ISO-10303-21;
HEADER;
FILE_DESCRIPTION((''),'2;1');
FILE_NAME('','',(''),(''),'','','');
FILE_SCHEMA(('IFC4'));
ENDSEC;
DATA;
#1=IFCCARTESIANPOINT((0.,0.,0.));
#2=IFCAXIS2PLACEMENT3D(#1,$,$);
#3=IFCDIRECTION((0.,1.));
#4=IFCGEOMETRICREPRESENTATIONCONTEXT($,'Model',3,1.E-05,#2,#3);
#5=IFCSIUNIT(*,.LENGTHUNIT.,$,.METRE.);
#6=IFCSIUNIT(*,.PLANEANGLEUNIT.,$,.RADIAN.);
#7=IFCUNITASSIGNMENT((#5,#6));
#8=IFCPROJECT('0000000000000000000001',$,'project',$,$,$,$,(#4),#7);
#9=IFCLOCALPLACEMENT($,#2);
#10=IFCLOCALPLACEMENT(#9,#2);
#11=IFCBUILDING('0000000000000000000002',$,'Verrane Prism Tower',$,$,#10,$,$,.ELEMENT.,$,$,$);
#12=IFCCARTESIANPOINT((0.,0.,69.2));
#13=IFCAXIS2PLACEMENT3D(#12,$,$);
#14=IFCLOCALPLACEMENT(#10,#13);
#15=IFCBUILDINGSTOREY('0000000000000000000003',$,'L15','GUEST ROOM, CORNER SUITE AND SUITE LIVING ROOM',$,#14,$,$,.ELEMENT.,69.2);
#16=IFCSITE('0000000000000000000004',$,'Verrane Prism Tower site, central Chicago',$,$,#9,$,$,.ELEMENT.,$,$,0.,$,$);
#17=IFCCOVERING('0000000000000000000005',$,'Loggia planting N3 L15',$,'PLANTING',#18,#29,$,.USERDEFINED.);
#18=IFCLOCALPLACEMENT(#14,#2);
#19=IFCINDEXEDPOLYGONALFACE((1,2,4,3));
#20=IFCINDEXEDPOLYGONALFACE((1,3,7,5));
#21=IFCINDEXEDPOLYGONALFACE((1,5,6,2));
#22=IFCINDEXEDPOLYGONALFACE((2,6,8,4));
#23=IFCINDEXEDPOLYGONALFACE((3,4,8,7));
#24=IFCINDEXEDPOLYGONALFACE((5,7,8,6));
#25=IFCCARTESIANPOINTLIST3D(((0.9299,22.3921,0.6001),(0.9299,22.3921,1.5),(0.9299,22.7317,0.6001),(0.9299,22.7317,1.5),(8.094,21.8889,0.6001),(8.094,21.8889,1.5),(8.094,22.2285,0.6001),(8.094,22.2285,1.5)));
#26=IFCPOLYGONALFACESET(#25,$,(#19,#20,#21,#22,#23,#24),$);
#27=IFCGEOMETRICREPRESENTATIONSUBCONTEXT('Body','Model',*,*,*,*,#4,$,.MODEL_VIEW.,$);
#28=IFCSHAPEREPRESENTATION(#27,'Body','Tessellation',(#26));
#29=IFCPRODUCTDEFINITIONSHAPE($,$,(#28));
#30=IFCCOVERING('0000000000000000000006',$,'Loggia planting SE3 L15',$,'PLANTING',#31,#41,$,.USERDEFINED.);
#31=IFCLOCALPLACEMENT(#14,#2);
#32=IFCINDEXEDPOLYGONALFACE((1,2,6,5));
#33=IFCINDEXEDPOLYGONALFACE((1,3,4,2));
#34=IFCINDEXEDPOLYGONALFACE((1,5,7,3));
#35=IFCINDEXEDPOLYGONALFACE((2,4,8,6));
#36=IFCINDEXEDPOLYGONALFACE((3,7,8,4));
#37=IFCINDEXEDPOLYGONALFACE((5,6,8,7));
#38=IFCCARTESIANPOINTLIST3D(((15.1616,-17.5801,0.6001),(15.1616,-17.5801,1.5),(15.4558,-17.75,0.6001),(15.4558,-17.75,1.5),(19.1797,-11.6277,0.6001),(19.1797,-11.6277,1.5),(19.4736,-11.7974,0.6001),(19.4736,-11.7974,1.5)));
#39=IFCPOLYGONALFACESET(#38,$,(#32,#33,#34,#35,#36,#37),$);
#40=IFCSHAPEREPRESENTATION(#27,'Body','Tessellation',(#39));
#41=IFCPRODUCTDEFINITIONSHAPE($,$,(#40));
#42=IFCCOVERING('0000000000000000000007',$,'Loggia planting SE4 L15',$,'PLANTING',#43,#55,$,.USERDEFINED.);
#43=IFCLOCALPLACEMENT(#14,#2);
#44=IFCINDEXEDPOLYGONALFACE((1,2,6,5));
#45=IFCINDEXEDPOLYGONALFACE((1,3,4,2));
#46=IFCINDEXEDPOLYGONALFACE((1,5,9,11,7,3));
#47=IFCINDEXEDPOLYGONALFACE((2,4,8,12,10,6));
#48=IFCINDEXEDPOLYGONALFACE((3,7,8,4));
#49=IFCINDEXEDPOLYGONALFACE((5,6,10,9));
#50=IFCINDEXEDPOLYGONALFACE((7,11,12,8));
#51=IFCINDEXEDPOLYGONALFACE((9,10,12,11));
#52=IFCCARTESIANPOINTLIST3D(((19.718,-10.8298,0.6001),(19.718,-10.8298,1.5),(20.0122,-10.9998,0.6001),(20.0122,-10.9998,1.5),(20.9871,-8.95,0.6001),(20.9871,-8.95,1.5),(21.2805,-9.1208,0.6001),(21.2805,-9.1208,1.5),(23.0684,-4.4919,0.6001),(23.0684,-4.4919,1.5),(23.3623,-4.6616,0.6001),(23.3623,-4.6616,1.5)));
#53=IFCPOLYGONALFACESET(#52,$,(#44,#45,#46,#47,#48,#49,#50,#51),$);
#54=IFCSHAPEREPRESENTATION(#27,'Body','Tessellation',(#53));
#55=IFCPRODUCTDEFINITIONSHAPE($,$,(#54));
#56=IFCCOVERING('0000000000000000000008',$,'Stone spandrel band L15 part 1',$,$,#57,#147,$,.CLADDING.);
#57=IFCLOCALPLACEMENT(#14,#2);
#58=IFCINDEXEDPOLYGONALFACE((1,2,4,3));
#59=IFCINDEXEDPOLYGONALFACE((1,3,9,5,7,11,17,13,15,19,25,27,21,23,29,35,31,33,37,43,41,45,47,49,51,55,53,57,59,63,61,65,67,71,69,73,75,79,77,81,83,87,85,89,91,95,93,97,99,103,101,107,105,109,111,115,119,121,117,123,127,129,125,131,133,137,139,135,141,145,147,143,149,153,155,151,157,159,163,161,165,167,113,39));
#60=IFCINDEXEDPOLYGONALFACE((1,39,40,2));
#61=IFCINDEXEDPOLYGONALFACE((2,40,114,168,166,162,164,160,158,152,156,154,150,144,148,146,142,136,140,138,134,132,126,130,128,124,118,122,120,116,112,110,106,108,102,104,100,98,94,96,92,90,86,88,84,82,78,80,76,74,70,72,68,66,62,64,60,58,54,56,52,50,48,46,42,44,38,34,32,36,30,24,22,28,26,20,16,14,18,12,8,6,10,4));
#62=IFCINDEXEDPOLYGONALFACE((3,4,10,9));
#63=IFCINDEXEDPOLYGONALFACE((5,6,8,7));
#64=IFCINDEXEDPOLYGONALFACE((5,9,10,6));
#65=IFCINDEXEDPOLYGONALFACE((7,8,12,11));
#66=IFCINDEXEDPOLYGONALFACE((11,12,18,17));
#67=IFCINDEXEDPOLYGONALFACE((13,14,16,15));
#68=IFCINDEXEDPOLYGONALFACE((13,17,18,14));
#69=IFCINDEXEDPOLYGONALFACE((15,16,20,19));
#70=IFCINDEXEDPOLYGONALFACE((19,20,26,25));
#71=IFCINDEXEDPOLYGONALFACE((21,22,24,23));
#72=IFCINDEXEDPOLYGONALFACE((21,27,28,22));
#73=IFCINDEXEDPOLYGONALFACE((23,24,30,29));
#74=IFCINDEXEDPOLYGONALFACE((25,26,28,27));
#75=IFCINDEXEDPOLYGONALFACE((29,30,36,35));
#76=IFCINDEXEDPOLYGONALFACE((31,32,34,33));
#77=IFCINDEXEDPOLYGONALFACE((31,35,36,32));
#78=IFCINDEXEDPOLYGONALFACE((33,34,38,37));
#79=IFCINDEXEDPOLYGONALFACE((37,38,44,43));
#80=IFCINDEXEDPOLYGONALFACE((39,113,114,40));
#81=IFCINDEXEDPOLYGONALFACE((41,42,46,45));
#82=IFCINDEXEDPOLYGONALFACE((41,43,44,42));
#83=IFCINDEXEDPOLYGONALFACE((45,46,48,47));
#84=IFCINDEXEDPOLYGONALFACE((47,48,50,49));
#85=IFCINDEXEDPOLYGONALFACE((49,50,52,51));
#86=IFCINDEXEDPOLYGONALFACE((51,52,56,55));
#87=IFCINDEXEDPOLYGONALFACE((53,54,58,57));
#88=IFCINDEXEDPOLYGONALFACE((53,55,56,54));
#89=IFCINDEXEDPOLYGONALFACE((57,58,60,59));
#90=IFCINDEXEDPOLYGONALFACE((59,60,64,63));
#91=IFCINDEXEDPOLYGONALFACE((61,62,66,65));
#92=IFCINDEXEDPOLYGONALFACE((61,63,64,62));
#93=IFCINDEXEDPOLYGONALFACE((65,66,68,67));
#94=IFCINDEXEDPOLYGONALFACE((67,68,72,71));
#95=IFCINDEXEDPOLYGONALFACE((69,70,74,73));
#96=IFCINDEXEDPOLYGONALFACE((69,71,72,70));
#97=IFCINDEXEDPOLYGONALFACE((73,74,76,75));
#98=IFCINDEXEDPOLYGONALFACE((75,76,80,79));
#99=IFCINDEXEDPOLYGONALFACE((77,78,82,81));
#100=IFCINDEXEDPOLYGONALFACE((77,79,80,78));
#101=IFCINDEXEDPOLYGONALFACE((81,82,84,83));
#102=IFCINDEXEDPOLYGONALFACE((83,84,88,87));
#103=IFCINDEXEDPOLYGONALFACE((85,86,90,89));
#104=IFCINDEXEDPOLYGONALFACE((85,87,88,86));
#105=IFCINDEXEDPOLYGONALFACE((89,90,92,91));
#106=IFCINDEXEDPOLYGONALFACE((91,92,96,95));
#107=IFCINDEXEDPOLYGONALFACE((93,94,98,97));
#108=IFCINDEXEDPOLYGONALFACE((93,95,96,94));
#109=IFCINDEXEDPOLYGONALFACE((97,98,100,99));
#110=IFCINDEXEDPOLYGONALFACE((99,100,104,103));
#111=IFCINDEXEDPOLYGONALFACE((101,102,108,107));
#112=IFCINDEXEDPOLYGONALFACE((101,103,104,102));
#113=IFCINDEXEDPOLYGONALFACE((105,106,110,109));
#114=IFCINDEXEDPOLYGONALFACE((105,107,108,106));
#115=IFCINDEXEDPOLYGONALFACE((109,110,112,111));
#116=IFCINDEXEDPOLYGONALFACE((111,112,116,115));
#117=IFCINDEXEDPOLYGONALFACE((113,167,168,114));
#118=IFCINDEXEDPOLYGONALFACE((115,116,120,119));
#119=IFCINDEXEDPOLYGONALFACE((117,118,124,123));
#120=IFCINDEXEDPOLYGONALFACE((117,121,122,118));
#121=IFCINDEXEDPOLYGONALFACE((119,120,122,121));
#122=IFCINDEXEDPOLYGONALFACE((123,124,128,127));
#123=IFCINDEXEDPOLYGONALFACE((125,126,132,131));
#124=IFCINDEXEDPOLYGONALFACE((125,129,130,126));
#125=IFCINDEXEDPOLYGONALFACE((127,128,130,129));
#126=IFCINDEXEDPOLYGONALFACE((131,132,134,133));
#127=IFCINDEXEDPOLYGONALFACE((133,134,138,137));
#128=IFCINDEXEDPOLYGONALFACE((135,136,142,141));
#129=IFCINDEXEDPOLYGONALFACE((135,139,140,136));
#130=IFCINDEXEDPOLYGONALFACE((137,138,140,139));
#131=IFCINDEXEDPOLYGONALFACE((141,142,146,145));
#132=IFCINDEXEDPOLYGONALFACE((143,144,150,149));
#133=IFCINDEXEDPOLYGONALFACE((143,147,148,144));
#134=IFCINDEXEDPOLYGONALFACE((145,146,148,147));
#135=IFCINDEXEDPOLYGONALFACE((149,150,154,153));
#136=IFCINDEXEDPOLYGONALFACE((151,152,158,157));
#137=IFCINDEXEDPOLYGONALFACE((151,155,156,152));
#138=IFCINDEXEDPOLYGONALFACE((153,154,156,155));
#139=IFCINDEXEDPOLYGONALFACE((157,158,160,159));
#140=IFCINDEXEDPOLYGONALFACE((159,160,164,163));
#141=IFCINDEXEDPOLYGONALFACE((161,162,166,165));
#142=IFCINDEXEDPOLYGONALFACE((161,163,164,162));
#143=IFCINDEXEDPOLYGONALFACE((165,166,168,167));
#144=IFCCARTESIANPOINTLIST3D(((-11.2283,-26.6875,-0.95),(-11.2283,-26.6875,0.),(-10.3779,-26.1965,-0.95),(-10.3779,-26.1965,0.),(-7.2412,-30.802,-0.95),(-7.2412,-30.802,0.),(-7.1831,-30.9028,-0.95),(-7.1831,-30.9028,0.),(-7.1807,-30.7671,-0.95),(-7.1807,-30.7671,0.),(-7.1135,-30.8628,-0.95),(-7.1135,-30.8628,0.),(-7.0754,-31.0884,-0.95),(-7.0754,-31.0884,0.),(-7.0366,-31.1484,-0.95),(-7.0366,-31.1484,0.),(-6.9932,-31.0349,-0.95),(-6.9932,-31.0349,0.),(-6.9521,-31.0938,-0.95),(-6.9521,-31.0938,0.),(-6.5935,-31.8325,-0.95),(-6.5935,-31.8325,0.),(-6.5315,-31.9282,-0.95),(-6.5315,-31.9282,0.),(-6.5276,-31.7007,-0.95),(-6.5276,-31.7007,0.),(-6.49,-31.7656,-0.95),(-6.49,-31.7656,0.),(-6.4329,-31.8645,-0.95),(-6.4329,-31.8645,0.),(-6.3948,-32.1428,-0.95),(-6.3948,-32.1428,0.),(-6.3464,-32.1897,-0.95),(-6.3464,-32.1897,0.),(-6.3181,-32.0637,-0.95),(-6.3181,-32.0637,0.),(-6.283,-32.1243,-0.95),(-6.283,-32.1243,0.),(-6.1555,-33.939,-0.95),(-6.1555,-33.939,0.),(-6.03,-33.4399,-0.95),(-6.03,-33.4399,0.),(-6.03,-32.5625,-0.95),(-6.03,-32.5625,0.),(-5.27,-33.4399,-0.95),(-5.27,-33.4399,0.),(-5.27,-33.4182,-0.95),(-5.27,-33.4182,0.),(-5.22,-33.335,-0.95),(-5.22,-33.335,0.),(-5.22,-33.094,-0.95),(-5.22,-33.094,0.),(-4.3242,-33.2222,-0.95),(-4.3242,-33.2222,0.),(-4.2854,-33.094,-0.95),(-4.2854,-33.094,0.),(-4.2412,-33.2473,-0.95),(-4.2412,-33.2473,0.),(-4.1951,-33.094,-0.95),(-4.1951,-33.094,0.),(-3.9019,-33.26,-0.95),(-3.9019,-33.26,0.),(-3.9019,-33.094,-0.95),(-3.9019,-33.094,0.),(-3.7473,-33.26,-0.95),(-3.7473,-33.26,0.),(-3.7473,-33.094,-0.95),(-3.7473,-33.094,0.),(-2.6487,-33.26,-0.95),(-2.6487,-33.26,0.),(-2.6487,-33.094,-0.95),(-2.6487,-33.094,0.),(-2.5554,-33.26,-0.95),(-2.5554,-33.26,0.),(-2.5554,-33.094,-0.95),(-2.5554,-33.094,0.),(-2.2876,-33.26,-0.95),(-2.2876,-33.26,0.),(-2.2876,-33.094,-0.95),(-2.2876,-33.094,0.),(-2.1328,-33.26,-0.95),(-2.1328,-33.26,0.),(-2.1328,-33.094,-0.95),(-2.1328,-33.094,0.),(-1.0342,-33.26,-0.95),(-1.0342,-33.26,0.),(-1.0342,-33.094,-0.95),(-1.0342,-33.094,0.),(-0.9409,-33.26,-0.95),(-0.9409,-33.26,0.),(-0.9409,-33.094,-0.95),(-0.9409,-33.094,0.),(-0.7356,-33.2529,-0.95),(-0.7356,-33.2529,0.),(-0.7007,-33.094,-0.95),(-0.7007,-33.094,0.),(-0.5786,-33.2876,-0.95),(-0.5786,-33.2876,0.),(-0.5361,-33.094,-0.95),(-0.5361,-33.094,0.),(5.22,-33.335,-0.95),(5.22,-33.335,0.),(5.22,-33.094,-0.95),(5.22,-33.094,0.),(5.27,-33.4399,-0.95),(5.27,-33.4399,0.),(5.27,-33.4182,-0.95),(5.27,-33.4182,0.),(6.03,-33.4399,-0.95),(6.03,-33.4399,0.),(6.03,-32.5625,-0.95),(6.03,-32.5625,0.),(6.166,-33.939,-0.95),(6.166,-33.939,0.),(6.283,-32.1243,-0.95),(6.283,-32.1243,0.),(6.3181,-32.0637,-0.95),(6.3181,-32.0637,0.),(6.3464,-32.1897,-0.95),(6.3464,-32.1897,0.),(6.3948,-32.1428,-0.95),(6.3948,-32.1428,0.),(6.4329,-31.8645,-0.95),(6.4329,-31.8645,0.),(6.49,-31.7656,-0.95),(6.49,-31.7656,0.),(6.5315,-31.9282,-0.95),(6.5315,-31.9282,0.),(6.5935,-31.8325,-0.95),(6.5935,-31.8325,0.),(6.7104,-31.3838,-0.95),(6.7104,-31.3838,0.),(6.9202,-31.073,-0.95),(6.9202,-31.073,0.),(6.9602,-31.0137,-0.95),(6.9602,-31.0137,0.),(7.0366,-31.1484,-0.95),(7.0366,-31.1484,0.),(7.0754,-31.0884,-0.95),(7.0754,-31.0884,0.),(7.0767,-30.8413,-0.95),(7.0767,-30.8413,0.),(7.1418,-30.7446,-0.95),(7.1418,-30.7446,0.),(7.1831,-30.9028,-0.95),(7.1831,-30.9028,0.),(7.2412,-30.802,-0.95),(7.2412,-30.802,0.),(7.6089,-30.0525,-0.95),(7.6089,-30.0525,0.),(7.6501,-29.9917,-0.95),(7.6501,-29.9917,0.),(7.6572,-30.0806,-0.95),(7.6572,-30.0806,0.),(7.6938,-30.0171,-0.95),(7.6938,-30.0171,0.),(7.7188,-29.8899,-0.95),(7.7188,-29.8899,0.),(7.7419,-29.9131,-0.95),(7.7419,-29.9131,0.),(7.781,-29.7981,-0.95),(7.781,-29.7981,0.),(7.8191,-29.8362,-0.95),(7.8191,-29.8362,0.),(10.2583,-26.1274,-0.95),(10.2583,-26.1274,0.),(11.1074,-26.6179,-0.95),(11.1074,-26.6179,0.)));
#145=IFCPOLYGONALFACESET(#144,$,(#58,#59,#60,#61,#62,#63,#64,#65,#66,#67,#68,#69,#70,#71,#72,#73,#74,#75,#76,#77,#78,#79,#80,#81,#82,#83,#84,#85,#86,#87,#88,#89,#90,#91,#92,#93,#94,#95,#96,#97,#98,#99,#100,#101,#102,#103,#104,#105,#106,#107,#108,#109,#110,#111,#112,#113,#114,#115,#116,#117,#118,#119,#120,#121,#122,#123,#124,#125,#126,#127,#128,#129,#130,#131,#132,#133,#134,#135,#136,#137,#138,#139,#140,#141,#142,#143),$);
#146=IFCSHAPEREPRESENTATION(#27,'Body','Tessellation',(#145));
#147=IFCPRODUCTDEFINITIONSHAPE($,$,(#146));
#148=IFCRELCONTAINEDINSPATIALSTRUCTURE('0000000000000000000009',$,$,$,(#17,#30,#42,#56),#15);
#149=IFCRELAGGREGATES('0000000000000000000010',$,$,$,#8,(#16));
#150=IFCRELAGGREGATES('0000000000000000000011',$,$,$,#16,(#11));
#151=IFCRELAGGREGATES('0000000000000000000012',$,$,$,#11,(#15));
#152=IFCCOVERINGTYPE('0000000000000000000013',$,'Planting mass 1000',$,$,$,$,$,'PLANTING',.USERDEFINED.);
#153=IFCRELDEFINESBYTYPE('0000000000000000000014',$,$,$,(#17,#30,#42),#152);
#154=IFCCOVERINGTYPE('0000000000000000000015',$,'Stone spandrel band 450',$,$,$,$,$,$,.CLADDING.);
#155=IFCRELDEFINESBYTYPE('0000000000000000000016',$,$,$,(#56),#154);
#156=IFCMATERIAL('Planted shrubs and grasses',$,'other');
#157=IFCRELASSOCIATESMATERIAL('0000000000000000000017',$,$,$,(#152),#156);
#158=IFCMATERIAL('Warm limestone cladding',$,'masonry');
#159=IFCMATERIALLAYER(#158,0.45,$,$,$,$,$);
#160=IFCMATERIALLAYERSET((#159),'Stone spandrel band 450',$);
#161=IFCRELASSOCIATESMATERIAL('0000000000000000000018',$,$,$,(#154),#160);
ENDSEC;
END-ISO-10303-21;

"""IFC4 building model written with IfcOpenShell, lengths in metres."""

from ifc_helpers import new_model, si_unit, direction, frame, origin, place, context, subcontext, project, spatial, polyline, outline, extrude, material, layer, layer_set, type_object, element, save


model = new_model("IFC4")

# Units and contexts
model_context = context("Model", 3, precision=1e-05, world=origin(), true_north=direction((0.0, 1.0)))
body_context = subcontext(model_context, "Body", "Model", "MODEL_VIEW")
ifc_project = project(units=[si_unit("LENGTHUNIT", "METRE"), si_unit("PLANEANGLEUNIT", "RADIAN")], contexts=[model_context])

# Site, building, storey
site_placement = place(None, origin())
site = spatial("IfcSite", under=ifc_project, at=site_placement, Name="Verrane Prism Tower site, central Chicago", CompositionType="ELEMENT", RefElevation=0.0)
building_placement = place(site_placement, origin())
building = spatial("IfcBuilding", under=site, at=building_placement, Name="Verrane Prism Tower", CompositionType="ELEMENT")
storey_placement = place(building_placement, frame((0.0, 0.0, 69.2)))
storey = spatial("IfcBuildingStorey", under=building, at=storey_placement, Name="L15", Description="GUEST ROOM, CORNER SUITE AND SUITE LIVING ROOM", CompositionType="ELEMENT", Elevation=69.2)

# Coverings
ifc_material_1 = material(Name="Planted shrubs and grasses", Category="other")
covering_type_1 = type_object("IfcCoveringType", Name="Planting mass 1000", ElementType="PLANTING", PredefinedType="USERDEFINED", material=ifc_material_1)
covering_1_placement = place(storey_placement, frame((0.0, 0.0, 0.6001)))
element("IfcCovering", 1, at=covering_1_placement, inside=storey, type_object=covering_type_1, Name="Loggia planting N3 L15", ObjectType="PLANTING", PredefinedType="USERDEFINED", context=body_context, shape_type="SweptSolid", body=[
    extrude(outline(polyline([(0.9299, 22.7317), (0.9299, 22.3921), (8.094, 21.8889), (8.094, 22.2285), (0.9299, 22.7317)])), origin(), (0.0, 0.0, 1.0), 0.8999),
])
covering_2_placement = place(storey_placement, frame((0.0, 0.0, 0.6001)))
element("IfcCovering", 2, at=covering_2_placement, inside=storey, type_object=covering_type_1, Name="Loggia planting SE3 L15", ObjectType="PLANTING", PredefinedType="USERDEFINED", context=body_context, shape_type="SweptSolid", body=[
    extrude(outline(polyline([(19.4736, -11.7974), (19.1797, -11.6277), (15.1616, -17.5801), (15.4558, -17.75), (19.4736, -11.7974)])), origin(), (0.0, 0.0, 1.0), 0.8999),
])
covering_3_placement = place(storey_placement, frame((0.0, 0.0, 0.6001)))
element("IfcCovering", 3, at=covering_3_placement, inside=storey, type_object=covering_type_1, Name="Loggia planting SE4 L15", ObjectType="PLANTING", PredefinedType="USERDEFINED", context=body_context, shape_type="SweptSolid", body=[
    extrude(outline(polyline([(21.2805, -9.1208), (23.3623, -4.6616), (23.0684, -4.4919), (20.9871, -8.95), (19.718, -10.8298), (20.0122, -10.9998), (21.2805, -9.1208)])), origin(), (0.0, 0.0, 1.0), 0.8999),
])
ifc_material_2 = material(Name="Warm limestone cladding", Category="masonry")
ifc_layer_1 = layer(ifc_material_2, 0.45)
ifc_layer_set_1 = layer_set([ifc_layer_1], Name="Stone spandrel band 450")
covering_type_2 = type_object("IfcCoveringType", Name="Stone spandrel band 450", PredefinedType="CLADDING", material=ifc_layer_set_1)
covering_4_placement = place(storey_placement, frame((0.0, 0.0, -0.95)))
element("IfcCovering", 4, at=covering_4_placement, inside=storey, type_object=covering_type_2, Name="Stone spandrel band L15 part 1", PredefinedType="CLADDING", context=body_context, shape_type="SweptSolid", body=[
    extrude(outline(polyline([(6.166, -33.939), (11.1074, -26.6179), (10.2583, -26.1274), (7.781, -29.7981), (7.8191, -29.8362), (7.7419, -29.9131), (7.7188, -29.8899), (7.6501, -29.9917), (7.6938, -30.0171), (7.6572, -30.0806), (7.6089, -30.0525), (7.1418, -30.7446), (7.2412, -30.802), (7.1831, -30.9028), (7.0767, -30.8413), (6.9602, -31.0137), (7.0754, -31.0884), (7.0366, -31.1484), (6.9202, -31.073), (6.7104, -31.3838), (6.49, -31.7656), (6.5935, -31.8325), (6.5315, -31.9282), (6.4329, -31.8645), (6.3181, -32.0637), (6.3948, -32.1428), (6.3464, -32.1897), (6.283, -32.1243), (6.03, -32.5625), (6.03, -33.4399), (5.27, -33.4399), (5.27, -33.4182), (5.22, -33.335), (5.22, -33.094), (-0.5361, -33.094), (-0.5786, -33.2876), (-0.7356, -33.2529), (-0.7007, -33.094), (-0.9409, -33.094), (-0.9409, -33.26), (-1.0342, -33.26), (-1.0342, -33.094), (-2.1328, -33.094), (-2.1328, -33.26), (-2.2876, -33.26), (-2.2876, -33.094), (-2.5554, -33.094), (-2.5554, -33.26), (-2.6487, -33.26), (-2.6487, -33.094), (-3.7473, -33.094), (-3.7473, -33.26), (-3.9019, -33.26), (-3.9019, -33.094), (-4.1951, -33.094), (-4.2412, -33.2473), (-4.3242, -33.2222), (-4.2854, -33.094), (-5.22, -33.094), (-5.22, -33.335), (-5.27, -33.4182), (-5.27, -33.4399), (-6.03, -33.4399), (-6.03, -32.5625), (-6.283, -32.1243), (-6.3464, -32.1897), (-6.3948, -32.1428), (-6.3181, -32.0637), (-6.4329, -31.8645), (-6.5315, -31.9282), (-6.5935, -31.8325), (-6.49, -31.7656), (-6.5276, -31.7007), (-6.9521, -31.0938), (-7.0366, -31.1484), (-7.0754, -31.0884), (-6.9932, -31.0349), (-7.1135, -30.8628), (-7.1831, -30.9028), (-7.2412, -30.802), (-7.1807, -30.7671), (-10.3779, -26.1965), (-11.2283, -26.6875), (-6.1555, -33.939), (6.166, -33.939)])), origin(), (0.0, 0.0, 1.0), 0.95),
])

save(model, "model.ifc")
